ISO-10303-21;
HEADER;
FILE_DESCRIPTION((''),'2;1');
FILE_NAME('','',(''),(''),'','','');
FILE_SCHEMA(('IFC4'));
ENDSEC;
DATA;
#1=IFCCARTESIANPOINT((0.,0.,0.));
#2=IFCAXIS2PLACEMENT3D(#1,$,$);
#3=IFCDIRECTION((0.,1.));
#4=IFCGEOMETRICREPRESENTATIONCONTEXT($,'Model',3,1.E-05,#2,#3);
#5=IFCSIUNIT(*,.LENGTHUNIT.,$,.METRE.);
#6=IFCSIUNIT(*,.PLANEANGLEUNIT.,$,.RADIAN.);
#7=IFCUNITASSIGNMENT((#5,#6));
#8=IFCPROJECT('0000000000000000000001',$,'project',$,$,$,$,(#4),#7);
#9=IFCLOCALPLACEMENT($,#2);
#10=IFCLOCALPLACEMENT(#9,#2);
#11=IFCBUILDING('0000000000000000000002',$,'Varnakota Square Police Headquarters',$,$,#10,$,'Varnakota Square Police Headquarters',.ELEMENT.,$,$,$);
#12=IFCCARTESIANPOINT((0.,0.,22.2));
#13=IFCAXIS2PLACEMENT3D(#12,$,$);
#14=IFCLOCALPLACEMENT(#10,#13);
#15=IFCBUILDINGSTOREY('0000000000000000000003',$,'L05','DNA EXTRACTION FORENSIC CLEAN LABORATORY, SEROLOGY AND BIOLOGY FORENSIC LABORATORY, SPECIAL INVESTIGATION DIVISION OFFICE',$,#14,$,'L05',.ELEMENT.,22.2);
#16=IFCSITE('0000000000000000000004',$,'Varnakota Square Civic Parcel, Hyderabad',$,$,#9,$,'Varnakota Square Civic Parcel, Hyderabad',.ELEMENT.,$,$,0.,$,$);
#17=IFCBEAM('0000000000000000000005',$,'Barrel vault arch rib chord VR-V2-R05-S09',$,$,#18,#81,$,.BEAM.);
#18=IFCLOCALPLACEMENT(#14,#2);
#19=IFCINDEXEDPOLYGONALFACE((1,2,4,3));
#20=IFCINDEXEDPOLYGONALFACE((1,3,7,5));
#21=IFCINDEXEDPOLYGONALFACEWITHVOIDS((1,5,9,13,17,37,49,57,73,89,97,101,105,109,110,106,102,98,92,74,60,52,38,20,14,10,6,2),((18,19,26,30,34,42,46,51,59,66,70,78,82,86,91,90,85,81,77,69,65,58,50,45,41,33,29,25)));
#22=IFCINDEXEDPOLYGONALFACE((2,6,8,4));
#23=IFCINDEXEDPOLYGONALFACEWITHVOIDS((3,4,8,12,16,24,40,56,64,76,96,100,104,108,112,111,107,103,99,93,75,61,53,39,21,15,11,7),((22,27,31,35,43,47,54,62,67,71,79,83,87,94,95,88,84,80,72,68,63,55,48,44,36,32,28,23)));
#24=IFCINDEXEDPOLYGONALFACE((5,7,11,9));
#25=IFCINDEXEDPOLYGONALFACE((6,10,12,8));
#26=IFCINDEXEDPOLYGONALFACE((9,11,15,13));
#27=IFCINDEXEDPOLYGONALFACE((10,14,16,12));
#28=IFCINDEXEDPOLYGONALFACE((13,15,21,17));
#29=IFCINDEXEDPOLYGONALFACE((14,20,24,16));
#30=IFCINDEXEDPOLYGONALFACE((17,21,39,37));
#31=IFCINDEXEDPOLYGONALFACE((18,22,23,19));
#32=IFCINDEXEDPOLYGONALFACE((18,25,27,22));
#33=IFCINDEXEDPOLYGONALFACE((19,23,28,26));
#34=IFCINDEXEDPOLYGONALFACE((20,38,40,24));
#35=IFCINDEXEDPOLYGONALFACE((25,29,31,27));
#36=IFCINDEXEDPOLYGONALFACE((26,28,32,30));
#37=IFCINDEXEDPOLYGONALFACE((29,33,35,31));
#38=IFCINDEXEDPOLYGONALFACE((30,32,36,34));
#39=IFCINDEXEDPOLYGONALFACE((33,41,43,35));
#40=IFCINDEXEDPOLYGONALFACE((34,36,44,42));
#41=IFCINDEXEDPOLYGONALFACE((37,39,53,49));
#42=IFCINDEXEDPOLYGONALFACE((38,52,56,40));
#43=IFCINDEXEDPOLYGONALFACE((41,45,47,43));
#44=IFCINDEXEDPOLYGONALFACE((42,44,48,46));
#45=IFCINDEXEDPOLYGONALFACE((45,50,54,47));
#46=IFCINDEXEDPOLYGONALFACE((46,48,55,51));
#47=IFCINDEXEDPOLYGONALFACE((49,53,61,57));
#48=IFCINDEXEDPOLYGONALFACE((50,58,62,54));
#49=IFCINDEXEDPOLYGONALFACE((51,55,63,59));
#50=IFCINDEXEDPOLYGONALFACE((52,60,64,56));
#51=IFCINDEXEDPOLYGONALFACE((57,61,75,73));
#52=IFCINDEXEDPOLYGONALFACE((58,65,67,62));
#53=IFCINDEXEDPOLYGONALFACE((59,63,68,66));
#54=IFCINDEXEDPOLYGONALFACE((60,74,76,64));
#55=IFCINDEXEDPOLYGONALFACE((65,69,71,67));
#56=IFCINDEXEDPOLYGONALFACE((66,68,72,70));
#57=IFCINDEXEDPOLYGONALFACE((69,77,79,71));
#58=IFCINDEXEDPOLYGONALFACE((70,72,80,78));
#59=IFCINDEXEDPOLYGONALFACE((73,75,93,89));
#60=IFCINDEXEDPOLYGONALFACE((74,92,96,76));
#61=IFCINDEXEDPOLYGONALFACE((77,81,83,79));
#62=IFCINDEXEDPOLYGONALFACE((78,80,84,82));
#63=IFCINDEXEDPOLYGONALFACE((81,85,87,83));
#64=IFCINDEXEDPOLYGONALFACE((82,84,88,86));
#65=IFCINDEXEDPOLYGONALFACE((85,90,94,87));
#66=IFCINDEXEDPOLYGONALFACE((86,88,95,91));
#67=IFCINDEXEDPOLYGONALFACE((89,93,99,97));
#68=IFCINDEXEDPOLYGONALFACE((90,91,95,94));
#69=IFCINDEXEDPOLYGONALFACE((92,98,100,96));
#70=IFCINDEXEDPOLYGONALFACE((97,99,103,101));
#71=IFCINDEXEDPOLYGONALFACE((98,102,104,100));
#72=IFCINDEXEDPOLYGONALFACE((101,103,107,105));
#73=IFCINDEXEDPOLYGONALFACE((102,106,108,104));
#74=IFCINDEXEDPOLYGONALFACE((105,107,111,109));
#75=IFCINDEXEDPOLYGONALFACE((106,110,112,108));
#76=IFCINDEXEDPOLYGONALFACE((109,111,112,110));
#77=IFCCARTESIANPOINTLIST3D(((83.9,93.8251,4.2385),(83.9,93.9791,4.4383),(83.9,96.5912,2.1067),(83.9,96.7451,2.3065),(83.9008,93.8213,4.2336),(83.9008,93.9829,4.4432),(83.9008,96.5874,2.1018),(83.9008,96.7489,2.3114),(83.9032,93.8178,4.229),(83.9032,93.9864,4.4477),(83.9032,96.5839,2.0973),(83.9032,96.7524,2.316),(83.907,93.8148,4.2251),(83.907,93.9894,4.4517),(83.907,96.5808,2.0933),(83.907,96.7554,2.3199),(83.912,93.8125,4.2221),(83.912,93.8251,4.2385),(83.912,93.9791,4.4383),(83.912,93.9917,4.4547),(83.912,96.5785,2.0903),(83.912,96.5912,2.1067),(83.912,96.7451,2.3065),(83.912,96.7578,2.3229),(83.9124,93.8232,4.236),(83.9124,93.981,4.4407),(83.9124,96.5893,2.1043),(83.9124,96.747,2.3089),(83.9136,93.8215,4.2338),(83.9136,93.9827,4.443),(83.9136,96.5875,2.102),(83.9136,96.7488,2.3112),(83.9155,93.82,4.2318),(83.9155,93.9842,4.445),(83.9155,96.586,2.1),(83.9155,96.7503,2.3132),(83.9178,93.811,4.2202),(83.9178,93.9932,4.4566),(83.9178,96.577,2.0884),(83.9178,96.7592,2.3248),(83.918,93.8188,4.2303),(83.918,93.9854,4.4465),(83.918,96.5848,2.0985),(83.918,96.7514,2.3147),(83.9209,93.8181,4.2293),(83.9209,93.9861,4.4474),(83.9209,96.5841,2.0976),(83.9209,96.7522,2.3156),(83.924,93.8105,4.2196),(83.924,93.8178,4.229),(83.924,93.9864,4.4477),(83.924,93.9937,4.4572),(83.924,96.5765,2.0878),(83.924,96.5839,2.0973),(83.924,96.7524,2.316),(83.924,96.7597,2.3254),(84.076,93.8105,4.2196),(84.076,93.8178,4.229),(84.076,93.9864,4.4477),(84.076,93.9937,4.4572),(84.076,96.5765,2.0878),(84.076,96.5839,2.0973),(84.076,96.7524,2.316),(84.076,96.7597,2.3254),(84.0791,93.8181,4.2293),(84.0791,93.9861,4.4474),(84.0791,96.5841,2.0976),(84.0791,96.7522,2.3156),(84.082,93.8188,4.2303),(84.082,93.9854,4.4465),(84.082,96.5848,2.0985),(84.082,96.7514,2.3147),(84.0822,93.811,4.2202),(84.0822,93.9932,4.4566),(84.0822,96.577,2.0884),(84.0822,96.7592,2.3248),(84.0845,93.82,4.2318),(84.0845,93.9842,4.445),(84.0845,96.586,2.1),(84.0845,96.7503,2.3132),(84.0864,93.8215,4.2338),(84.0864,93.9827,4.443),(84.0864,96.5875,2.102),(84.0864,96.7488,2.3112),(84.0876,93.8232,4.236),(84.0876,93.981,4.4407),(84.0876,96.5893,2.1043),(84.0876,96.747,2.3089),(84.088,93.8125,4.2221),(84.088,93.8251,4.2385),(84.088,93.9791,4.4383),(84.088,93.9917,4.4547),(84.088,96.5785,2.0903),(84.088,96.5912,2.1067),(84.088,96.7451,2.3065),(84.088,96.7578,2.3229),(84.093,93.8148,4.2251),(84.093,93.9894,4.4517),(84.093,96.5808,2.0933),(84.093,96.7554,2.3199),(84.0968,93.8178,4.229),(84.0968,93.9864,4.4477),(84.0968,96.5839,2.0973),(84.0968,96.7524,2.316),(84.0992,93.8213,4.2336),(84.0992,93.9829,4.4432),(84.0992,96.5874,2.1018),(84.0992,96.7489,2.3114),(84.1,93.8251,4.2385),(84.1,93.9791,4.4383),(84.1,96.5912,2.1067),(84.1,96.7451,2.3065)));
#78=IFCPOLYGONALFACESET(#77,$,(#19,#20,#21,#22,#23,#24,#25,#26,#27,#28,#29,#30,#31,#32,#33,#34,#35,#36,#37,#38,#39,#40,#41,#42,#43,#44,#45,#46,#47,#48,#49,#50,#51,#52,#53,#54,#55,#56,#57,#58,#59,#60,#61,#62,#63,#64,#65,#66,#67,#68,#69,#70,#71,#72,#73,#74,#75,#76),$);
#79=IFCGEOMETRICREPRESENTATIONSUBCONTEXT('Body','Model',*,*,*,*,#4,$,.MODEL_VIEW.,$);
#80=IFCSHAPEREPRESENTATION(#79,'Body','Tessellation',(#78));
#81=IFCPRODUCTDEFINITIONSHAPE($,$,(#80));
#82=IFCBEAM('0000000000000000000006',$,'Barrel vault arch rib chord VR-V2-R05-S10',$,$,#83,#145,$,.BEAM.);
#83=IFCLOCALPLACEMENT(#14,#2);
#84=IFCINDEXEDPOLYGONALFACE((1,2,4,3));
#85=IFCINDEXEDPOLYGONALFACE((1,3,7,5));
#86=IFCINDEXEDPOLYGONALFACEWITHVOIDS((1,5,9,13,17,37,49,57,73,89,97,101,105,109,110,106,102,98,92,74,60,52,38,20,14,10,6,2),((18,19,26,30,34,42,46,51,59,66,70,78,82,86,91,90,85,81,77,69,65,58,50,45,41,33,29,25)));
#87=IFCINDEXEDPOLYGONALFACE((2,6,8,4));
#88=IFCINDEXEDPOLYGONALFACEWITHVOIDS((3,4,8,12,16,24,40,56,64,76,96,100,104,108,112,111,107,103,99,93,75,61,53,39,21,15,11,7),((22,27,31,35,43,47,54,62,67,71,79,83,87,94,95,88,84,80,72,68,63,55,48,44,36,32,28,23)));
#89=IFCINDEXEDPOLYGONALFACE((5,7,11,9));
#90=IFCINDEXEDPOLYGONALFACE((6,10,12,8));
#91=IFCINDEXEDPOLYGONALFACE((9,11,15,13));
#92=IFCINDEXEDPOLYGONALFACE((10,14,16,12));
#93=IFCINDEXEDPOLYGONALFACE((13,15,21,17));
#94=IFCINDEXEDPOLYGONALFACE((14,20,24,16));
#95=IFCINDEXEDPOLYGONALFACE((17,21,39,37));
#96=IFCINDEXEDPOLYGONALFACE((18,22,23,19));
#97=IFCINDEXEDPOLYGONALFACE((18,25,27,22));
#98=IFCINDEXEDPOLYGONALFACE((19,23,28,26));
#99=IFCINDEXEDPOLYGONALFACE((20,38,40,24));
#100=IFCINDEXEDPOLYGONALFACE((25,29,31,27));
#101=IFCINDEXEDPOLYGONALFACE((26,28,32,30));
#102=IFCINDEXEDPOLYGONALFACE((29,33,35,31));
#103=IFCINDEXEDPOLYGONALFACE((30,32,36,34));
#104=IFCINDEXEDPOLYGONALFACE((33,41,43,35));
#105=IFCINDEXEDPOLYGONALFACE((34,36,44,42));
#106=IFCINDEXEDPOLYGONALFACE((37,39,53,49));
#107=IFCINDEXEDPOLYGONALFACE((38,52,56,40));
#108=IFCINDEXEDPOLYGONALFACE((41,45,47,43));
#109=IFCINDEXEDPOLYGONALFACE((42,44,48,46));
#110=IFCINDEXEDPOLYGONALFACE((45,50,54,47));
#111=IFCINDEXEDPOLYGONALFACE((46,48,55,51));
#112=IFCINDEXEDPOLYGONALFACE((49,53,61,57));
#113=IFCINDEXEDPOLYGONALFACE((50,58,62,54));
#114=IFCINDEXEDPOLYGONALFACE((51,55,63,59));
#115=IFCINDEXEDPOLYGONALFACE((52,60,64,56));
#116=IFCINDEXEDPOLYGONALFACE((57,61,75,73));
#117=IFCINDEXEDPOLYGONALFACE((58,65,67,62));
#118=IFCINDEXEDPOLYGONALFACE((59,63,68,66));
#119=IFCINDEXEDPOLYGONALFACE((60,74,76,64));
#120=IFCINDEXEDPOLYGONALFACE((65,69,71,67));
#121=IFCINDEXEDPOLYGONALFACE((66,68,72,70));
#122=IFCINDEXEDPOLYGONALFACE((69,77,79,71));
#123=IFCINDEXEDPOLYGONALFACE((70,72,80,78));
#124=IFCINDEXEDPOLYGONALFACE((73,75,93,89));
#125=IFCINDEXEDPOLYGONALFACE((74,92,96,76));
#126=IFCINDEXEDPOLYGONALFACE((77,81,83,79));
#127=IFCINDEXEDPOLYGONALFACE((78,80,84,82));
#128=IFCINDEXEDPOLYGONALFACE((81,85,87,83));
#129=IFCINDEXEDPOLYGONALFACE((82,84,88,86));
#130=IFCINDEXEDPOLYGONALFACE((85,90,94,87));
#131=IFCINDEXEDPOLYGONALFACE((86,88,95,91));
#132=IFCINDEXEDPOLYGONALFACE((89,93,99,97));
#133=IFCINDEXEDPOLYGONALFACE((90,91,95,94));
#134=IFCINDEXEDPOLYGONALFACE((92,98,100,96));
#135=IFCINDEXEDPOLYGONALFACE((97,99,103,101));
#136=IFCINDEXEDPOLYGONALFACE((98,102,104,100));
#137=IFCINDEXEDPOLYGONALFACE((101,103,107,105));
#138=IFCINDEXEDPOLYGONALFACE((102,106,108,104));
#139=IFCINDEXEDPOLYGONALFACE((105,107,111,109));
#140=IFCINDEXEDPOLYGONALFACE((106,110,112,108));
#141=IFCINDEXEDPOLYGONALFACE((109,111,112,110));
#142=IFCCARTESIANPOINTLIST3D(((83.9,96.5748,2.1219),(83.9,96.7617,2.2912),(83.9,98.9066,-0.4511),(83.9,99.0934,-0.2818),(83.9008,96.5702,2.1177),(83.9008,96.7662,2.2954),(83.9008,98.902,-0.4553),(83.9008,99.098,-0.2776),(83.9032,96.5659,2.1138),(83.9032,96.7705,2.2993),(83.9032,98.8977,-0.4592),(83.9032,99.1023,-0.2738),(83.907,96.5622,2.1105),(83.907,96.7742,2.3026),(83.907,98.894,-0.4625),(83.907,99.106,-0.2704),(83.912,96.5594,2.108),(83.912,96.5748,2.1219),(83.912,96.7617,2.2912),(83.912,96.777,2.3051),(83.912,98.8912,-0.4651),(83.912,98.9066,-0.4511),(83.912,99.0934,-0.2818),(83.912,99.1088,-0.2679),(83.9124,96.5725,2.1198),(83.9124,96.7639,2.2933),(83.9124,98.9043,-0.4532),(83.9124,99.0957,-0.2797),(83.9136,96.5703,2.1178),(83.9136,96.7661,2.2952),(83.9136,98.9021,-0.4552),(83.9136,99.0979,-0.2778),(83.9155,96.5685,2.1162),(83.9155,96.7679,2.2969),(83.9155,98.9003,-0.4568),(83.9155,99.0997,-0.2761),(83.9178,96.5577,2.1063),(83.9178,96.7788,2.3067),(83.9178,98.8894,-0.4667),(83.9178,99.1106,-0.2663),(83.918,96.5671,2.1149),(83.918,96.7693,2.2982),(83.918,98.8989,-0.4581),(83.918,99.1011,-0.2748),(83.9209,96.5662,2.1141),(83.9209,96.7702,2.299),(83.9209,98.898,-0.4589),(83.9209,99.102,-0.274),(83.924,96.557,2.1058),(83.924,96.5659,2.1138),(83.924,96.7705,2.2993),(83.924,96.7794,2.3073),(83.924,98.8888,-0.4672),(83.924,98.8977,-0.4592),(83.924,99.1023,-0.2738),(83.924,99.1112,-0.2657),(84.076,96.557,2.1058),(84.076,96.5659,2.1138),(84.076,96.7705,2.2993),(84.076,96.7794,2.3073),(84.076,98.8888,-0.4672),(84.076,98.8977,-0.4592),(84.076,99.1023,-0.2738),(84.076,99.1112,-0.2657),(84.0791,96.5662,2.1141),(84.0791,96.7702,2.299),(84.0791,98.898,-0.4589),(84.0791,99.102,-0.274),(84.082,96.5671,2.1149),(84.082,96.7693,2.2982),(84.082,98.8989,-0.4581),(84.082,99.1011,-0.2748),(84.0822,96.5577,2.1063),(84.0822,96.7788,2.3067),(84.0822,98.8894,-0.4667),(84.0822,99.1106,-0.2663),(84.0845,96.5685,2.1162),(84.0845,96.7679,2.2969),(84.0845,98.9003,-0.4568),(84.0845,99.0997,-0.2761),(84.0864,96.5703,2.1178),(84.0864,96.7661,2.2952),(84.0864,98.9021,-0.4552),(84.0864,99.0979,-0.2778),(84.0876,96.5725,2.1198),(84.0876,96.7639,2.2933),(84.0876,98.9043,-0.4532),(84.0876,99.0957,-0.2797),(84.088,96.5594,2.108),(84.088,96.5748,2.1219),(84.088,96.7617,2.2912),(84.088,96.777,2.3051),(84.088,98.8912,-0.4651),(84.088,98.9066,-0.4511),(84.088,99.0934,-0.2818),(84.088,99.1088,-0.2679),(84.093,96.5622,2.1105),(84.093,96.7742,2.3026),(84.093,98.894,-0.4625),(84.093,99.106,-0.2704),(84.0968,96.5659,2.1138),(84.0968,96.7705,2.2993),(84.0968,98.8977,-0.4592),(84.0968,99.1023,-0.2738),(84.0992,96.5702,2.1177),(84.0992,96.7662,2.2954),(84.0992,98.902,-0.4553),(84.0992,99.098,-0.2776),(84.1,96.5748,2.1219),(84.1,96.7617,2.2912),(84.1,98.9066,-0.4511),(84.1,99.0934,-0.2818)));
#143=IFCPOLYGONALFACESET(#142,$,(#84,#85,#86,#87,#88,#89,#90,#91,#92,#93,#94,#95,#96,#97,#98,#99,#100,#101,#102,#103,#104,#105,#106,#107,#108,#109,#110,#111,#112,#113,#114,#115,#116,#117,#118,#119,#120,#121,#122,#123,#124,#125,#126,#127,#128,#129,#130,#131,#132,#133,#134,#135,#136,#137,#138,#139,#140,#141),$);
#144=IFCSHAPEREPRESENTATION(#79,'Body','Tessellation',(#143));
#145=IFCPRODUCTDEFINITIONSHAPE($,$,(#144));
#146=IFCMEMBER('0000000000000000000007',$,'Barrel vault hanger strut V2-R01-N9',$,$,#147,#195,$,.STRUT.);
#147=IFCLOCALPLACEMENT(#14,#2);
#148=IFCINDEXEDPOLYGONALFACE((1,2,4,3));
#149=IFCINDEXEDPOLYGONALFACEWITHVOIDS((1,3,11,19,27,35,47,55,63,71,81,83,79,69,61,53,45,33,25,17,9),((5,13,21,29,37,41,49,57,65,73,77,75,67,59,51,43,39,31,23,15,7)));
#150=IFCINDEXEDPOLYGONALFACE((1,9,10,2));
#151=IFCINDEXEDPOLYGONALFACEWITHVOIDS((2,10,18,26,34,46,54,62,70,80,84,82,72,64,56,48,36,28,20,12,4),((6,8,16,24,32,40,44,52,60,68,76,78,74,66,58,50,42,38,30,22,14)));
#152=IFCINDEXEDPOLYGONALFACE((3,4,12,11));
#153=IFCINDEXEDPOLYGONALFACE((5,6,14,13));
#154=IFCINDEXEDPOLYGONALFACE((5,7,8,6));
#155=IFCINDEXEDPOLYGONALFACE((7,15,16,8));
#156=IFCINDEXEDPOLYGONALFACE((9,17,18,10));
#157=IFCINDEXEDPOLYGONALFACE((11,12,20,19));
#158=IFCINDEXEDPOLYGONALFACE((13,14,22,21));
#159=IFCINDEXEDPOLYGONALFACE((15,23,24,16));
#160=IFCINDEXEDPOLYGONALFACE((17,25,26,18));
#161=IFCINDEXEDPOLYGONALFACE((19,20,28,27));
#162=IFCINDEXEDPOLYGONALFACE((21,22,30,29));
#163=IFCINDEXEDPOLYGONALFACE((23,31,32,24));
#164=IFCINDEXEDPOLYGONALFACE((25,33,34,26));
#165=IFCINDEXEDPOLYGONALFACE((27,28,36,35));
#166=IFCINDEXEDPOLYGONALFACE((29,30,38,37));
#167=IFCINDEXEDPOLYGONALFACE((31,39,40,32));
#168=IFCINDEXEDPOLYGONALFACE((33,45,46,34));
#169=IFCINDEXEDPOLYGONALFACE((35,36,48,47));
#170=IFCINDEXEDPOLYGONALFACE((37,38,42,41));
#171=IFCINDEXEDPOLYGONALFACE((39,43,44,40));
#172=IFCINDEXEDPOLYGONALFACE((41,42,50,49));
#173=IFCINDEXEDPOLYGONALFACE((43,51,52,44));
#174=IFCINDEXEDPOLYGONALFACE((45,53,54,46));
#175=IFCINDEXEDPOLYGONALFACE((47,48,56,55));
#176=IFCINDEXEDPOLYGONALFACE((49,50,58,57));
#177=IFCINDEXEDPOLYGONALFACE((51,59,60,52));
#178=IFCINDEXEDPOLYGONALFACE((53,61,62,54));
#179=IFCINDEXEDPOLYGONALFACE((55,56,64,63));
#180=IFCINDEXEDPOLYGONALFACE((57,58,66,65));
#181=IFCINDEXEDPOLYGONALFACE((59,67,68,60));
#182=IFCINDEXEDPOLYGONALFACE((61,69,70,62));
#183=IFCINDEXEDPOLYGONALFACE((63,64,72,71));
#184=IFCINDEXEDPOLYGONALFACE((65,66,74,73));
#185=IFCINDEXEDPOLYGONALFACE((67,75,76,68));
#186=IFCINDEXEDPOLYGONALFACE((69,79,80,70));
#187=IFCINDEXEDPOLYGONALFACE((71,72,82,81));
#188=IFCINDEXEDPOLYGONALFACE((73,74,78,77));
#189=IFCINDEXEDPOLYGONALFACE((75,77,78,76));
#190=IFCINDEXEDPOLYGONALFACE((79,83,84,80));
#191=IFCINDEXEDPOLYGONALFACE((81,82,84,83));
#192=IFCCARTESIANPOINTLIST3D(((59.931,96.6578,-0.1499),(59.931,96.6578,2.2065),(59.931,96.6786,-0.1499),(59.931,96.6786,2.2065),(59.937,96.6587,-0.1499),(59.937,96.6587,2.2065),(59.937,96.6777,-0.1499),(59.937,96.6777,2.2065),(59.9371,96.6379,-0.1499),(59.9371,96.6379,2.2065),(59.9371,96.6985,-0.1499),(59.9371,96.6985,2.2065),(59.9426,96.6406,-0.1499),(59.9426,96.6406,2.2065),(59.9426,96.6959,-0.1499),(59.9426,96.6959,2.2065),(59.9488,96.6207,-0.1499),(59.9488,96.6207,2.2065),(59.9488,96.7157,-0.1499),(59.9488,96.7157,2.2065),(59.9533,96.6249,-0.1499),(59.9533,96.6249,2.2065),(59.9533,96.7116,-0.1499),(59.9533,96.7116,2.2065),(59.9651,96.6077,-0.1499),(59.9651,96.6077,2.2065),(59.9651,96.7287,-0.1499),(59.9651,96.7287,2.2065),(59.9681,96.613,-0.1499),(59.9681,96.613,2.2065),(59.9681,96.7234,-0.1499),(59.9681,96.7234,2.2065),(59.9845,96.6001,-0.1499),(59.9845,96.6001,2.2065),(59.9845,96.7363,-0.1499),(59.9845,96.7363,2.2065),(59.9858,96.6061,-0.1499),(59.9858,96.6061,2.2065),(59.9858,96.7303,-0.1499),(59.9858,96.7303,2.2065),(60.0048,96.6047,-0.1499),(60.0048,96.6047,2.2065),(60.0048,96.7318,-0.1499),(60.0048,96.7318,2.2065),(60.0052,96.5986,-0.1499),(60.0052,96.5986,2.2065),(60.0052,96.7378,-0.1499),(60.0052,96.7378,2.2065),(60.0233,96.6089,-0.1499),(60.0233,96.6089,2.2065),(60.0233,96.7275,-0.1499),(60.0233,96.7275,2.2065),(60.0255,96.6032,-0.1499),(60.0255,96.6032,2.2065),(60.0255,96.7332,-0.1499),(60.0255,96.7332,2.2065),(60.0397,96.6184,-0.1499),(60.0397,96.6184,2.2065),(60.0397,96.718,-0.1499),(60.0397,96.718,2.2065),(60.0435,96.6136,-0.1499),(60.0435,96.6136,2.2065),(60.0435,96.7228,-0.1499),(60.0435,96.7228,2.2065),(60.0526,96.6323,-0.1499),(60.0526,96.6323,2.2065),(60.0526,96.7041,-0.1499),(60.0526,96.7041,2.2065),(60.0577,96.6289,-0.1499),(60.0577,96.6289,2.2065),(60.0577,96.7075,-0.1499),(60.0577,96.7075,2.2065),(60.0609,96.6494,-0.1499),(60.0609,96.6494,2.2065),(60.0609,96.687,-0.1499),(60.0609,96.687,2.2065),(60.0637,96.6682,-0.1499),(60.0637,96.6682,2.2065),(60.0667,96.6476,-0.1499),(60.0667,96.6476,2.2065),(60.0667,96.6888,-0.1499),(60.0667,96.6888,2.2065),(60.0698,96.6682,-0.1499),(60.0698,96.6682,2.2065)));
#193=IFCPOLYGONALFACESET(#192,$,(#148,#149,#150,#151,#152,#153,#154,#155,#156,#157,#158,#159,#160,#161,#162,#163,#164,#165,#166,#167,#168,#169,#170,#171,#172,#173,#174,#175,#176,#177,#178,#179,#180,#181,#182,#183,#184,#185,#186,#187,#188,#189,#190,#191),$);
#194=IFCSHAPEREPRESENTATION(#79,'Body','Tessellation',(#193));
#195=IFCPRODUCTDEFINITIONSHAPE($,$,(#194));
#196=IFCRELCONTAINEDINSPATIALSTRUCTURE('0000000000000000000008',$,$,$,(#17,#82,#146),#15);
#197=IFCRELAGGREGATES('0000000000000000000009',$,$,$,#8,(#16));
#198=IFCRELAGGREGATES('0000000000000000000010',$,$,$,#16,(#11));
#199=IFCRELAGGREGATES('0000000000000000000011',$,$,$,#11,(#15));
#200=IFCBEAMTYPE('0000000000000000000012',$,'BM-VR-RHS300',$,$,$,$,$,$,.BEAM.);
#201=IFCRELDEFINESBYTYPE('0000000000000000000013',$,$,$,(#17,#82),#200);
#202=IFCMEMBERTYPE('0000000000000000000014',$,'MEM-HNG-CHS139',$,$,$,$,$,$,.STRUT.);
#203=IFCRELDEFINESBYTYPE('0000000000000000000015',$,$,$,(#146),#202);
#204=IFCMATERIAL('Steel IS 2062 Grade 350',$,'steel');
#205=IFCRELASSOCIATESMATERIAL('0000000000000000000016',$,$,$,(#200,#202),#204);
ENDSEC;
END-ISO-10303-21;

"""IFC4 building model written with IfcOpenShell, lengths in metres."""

from ifc_helpers import new_model, si_unit, direction, frame, origin, origin_2d, place, context, subcontext, project, spatial, hollow_rectangle, hollow_circle, extrude, material, material_profile, profile_set, type_object, element, save


model = new_model("IFC4")

# Units and contexts
model_context = context("Model", 3, precision=1e-05, world=origin(), true_north=direction((0.0, 1.0)))
body_context = subcontext(model_context, "Body", "Model", "MODEL_VIEW")
ifc_project = project(units=[si_unit("LENGTHUNIT", "METRE"), si_unit("PLANEANGLEUNIT", "RADIAN")], contexts=[model_context])

# Site, building, storey
site_placement = place(None, origin())
site = spatial("IfcSite", under=ifc_project, at=site_placement, Name="Varnakota Square Civic Parcel, Hyderabad", LongName="Varnakota Square Civic Parcel, Hyderabad", CompositionType="ELEMENT", RefElevation=0.0)
building_placement = place(site_placement, origin())
building = spatial("IfcBuilding", under=site, at=building_placement, Name="Varnakota Square Police Headquarters", LongName="Varnakota Square Police Headquarters", CompositionType="ELEMENT")
storey_placement = place(building_placement, frame((0.0, 0.0, 22.2)))
storey = spatial("IfcBuildingStorey", under=building, at=storey_placement, Name="L05", Description="DNA EXTRACTION FORENSIC CLEAN LABORATORY, SEROLOGY AND BIOLOGY FORENSIC LABORATORY, SPECIAL INVESTIGATION DIVISION OFFICE", LongName="L05", CompositionType="ELEMENT", Elevation=22.2)

# Beams
ifc_material_1 = material(Name="Steel IS 2062 Grade 350", Category="steel")
ifc_material_profile_1 = material_profile(ifc_material_1, hollow_rectangle(XDim=0.2, YDim=0.3, WallThickness=0.012, InnerFilletRadius=0.012, OuterFilletRadius=0.0239, at=origin_2d()), Name="RHS 300x200x12")
ifc_profile_set_1 = profile_set([ifc_material_profile_1], Name="Steel IS 2062 Grade 350")
beam_type_1 = type_object("IfcBeamType", Name="BM-VR-RHS300", PredefinedType="BEAM", material=ifc_profile_set_1)
beam_1_placement = place(storey_placement, frame((84.0, 93.9021, 4.3384), z_axis=(0.0, 0.792062, -0.61044), x_axis=(-1.0, 0.0, 0.0)))
element("IfcBeam", 1, at=beam_1_placement, inside=storey, type_object=beam_type_1, Name="Barrel vault arch rib chord VR-V2-R05-S09", PredefinedType="BEAM", context=body_context, shape_type="SweptSolid", body=[
    extrude(hollow_rectangle(XDim=0.2, YDim=0.3, WallThickness=0.012, InnerFilletRadius=0.012, OuterFilletRadius=0.0239, at=origin_2d()), origin(), (0.0, 0.0, 1.0), 3.4922),
])
beam_2_placement = place(storey_placement, frame((84.0, 96.6682, 2.2065), z_axis=(0.0, 0.671521, -0.740986), x_axis=(-1.0, 0.0, 0.0)))
element("IfcBeam", 2, at=beam_2_placement, inside=storey, type_object=beam_type_1, Name="Barrel vault arch rib chord VR-V2-R05-S10", PredefinedType="BEAM", context=body_context, shape_type="SweptSolid", body=[
    extrude(hollow_rectangle(XDim=0.2, YDim=0.3, WallThickness=0.012, InnerFilletRadius=0.012, OuterFilletRadius=0.0239, at=origin_2d()), origin(), (0.0, 0.0, 1.0), 3.4724),
])

# Member
ifc_material_profile_2 = material_profile(ifc_material_1, hollow_circle(Radius=0.0698, WallThickness=0.0061, at=origin_2d()), Name="CHS 139.7x6.0")
ifc_profile_set_2 = profile_set([ifc_material_profile_2], Name="Steel IS 2062 Grade 350")
member_type_1 = type_object("IfcMemberType", Name="MEM-HNG-CHS139", PredefinedType="STRUT", material=ifc_profile_set_2)
for number, where, z_axis, x_axis, name in (
    (3, (60.0, 96.6682, -0.1499), (0.0, 0.0, 1.0), (1.0, 0.0, 0.0), "Barrel vault hanger strut V2-R01-N9"),
):
    element("IfcMember", number, at=place(storey_placement, frame(where, z_axis=z_axis, x_axis=x_axis)), inside=storey, type_object=member_type_1, Name=name, PredefinedType="STRUT", context=body_context, shape_type="SweptSolid", body=[
        extrude(hollow_circle(Radius=0.0698, WallThickness=0.0061, at=origin_2d()), origin(), (0.0, 0.0, 1.0), 2.3564),
    ])

save(model, "model.ifc")
